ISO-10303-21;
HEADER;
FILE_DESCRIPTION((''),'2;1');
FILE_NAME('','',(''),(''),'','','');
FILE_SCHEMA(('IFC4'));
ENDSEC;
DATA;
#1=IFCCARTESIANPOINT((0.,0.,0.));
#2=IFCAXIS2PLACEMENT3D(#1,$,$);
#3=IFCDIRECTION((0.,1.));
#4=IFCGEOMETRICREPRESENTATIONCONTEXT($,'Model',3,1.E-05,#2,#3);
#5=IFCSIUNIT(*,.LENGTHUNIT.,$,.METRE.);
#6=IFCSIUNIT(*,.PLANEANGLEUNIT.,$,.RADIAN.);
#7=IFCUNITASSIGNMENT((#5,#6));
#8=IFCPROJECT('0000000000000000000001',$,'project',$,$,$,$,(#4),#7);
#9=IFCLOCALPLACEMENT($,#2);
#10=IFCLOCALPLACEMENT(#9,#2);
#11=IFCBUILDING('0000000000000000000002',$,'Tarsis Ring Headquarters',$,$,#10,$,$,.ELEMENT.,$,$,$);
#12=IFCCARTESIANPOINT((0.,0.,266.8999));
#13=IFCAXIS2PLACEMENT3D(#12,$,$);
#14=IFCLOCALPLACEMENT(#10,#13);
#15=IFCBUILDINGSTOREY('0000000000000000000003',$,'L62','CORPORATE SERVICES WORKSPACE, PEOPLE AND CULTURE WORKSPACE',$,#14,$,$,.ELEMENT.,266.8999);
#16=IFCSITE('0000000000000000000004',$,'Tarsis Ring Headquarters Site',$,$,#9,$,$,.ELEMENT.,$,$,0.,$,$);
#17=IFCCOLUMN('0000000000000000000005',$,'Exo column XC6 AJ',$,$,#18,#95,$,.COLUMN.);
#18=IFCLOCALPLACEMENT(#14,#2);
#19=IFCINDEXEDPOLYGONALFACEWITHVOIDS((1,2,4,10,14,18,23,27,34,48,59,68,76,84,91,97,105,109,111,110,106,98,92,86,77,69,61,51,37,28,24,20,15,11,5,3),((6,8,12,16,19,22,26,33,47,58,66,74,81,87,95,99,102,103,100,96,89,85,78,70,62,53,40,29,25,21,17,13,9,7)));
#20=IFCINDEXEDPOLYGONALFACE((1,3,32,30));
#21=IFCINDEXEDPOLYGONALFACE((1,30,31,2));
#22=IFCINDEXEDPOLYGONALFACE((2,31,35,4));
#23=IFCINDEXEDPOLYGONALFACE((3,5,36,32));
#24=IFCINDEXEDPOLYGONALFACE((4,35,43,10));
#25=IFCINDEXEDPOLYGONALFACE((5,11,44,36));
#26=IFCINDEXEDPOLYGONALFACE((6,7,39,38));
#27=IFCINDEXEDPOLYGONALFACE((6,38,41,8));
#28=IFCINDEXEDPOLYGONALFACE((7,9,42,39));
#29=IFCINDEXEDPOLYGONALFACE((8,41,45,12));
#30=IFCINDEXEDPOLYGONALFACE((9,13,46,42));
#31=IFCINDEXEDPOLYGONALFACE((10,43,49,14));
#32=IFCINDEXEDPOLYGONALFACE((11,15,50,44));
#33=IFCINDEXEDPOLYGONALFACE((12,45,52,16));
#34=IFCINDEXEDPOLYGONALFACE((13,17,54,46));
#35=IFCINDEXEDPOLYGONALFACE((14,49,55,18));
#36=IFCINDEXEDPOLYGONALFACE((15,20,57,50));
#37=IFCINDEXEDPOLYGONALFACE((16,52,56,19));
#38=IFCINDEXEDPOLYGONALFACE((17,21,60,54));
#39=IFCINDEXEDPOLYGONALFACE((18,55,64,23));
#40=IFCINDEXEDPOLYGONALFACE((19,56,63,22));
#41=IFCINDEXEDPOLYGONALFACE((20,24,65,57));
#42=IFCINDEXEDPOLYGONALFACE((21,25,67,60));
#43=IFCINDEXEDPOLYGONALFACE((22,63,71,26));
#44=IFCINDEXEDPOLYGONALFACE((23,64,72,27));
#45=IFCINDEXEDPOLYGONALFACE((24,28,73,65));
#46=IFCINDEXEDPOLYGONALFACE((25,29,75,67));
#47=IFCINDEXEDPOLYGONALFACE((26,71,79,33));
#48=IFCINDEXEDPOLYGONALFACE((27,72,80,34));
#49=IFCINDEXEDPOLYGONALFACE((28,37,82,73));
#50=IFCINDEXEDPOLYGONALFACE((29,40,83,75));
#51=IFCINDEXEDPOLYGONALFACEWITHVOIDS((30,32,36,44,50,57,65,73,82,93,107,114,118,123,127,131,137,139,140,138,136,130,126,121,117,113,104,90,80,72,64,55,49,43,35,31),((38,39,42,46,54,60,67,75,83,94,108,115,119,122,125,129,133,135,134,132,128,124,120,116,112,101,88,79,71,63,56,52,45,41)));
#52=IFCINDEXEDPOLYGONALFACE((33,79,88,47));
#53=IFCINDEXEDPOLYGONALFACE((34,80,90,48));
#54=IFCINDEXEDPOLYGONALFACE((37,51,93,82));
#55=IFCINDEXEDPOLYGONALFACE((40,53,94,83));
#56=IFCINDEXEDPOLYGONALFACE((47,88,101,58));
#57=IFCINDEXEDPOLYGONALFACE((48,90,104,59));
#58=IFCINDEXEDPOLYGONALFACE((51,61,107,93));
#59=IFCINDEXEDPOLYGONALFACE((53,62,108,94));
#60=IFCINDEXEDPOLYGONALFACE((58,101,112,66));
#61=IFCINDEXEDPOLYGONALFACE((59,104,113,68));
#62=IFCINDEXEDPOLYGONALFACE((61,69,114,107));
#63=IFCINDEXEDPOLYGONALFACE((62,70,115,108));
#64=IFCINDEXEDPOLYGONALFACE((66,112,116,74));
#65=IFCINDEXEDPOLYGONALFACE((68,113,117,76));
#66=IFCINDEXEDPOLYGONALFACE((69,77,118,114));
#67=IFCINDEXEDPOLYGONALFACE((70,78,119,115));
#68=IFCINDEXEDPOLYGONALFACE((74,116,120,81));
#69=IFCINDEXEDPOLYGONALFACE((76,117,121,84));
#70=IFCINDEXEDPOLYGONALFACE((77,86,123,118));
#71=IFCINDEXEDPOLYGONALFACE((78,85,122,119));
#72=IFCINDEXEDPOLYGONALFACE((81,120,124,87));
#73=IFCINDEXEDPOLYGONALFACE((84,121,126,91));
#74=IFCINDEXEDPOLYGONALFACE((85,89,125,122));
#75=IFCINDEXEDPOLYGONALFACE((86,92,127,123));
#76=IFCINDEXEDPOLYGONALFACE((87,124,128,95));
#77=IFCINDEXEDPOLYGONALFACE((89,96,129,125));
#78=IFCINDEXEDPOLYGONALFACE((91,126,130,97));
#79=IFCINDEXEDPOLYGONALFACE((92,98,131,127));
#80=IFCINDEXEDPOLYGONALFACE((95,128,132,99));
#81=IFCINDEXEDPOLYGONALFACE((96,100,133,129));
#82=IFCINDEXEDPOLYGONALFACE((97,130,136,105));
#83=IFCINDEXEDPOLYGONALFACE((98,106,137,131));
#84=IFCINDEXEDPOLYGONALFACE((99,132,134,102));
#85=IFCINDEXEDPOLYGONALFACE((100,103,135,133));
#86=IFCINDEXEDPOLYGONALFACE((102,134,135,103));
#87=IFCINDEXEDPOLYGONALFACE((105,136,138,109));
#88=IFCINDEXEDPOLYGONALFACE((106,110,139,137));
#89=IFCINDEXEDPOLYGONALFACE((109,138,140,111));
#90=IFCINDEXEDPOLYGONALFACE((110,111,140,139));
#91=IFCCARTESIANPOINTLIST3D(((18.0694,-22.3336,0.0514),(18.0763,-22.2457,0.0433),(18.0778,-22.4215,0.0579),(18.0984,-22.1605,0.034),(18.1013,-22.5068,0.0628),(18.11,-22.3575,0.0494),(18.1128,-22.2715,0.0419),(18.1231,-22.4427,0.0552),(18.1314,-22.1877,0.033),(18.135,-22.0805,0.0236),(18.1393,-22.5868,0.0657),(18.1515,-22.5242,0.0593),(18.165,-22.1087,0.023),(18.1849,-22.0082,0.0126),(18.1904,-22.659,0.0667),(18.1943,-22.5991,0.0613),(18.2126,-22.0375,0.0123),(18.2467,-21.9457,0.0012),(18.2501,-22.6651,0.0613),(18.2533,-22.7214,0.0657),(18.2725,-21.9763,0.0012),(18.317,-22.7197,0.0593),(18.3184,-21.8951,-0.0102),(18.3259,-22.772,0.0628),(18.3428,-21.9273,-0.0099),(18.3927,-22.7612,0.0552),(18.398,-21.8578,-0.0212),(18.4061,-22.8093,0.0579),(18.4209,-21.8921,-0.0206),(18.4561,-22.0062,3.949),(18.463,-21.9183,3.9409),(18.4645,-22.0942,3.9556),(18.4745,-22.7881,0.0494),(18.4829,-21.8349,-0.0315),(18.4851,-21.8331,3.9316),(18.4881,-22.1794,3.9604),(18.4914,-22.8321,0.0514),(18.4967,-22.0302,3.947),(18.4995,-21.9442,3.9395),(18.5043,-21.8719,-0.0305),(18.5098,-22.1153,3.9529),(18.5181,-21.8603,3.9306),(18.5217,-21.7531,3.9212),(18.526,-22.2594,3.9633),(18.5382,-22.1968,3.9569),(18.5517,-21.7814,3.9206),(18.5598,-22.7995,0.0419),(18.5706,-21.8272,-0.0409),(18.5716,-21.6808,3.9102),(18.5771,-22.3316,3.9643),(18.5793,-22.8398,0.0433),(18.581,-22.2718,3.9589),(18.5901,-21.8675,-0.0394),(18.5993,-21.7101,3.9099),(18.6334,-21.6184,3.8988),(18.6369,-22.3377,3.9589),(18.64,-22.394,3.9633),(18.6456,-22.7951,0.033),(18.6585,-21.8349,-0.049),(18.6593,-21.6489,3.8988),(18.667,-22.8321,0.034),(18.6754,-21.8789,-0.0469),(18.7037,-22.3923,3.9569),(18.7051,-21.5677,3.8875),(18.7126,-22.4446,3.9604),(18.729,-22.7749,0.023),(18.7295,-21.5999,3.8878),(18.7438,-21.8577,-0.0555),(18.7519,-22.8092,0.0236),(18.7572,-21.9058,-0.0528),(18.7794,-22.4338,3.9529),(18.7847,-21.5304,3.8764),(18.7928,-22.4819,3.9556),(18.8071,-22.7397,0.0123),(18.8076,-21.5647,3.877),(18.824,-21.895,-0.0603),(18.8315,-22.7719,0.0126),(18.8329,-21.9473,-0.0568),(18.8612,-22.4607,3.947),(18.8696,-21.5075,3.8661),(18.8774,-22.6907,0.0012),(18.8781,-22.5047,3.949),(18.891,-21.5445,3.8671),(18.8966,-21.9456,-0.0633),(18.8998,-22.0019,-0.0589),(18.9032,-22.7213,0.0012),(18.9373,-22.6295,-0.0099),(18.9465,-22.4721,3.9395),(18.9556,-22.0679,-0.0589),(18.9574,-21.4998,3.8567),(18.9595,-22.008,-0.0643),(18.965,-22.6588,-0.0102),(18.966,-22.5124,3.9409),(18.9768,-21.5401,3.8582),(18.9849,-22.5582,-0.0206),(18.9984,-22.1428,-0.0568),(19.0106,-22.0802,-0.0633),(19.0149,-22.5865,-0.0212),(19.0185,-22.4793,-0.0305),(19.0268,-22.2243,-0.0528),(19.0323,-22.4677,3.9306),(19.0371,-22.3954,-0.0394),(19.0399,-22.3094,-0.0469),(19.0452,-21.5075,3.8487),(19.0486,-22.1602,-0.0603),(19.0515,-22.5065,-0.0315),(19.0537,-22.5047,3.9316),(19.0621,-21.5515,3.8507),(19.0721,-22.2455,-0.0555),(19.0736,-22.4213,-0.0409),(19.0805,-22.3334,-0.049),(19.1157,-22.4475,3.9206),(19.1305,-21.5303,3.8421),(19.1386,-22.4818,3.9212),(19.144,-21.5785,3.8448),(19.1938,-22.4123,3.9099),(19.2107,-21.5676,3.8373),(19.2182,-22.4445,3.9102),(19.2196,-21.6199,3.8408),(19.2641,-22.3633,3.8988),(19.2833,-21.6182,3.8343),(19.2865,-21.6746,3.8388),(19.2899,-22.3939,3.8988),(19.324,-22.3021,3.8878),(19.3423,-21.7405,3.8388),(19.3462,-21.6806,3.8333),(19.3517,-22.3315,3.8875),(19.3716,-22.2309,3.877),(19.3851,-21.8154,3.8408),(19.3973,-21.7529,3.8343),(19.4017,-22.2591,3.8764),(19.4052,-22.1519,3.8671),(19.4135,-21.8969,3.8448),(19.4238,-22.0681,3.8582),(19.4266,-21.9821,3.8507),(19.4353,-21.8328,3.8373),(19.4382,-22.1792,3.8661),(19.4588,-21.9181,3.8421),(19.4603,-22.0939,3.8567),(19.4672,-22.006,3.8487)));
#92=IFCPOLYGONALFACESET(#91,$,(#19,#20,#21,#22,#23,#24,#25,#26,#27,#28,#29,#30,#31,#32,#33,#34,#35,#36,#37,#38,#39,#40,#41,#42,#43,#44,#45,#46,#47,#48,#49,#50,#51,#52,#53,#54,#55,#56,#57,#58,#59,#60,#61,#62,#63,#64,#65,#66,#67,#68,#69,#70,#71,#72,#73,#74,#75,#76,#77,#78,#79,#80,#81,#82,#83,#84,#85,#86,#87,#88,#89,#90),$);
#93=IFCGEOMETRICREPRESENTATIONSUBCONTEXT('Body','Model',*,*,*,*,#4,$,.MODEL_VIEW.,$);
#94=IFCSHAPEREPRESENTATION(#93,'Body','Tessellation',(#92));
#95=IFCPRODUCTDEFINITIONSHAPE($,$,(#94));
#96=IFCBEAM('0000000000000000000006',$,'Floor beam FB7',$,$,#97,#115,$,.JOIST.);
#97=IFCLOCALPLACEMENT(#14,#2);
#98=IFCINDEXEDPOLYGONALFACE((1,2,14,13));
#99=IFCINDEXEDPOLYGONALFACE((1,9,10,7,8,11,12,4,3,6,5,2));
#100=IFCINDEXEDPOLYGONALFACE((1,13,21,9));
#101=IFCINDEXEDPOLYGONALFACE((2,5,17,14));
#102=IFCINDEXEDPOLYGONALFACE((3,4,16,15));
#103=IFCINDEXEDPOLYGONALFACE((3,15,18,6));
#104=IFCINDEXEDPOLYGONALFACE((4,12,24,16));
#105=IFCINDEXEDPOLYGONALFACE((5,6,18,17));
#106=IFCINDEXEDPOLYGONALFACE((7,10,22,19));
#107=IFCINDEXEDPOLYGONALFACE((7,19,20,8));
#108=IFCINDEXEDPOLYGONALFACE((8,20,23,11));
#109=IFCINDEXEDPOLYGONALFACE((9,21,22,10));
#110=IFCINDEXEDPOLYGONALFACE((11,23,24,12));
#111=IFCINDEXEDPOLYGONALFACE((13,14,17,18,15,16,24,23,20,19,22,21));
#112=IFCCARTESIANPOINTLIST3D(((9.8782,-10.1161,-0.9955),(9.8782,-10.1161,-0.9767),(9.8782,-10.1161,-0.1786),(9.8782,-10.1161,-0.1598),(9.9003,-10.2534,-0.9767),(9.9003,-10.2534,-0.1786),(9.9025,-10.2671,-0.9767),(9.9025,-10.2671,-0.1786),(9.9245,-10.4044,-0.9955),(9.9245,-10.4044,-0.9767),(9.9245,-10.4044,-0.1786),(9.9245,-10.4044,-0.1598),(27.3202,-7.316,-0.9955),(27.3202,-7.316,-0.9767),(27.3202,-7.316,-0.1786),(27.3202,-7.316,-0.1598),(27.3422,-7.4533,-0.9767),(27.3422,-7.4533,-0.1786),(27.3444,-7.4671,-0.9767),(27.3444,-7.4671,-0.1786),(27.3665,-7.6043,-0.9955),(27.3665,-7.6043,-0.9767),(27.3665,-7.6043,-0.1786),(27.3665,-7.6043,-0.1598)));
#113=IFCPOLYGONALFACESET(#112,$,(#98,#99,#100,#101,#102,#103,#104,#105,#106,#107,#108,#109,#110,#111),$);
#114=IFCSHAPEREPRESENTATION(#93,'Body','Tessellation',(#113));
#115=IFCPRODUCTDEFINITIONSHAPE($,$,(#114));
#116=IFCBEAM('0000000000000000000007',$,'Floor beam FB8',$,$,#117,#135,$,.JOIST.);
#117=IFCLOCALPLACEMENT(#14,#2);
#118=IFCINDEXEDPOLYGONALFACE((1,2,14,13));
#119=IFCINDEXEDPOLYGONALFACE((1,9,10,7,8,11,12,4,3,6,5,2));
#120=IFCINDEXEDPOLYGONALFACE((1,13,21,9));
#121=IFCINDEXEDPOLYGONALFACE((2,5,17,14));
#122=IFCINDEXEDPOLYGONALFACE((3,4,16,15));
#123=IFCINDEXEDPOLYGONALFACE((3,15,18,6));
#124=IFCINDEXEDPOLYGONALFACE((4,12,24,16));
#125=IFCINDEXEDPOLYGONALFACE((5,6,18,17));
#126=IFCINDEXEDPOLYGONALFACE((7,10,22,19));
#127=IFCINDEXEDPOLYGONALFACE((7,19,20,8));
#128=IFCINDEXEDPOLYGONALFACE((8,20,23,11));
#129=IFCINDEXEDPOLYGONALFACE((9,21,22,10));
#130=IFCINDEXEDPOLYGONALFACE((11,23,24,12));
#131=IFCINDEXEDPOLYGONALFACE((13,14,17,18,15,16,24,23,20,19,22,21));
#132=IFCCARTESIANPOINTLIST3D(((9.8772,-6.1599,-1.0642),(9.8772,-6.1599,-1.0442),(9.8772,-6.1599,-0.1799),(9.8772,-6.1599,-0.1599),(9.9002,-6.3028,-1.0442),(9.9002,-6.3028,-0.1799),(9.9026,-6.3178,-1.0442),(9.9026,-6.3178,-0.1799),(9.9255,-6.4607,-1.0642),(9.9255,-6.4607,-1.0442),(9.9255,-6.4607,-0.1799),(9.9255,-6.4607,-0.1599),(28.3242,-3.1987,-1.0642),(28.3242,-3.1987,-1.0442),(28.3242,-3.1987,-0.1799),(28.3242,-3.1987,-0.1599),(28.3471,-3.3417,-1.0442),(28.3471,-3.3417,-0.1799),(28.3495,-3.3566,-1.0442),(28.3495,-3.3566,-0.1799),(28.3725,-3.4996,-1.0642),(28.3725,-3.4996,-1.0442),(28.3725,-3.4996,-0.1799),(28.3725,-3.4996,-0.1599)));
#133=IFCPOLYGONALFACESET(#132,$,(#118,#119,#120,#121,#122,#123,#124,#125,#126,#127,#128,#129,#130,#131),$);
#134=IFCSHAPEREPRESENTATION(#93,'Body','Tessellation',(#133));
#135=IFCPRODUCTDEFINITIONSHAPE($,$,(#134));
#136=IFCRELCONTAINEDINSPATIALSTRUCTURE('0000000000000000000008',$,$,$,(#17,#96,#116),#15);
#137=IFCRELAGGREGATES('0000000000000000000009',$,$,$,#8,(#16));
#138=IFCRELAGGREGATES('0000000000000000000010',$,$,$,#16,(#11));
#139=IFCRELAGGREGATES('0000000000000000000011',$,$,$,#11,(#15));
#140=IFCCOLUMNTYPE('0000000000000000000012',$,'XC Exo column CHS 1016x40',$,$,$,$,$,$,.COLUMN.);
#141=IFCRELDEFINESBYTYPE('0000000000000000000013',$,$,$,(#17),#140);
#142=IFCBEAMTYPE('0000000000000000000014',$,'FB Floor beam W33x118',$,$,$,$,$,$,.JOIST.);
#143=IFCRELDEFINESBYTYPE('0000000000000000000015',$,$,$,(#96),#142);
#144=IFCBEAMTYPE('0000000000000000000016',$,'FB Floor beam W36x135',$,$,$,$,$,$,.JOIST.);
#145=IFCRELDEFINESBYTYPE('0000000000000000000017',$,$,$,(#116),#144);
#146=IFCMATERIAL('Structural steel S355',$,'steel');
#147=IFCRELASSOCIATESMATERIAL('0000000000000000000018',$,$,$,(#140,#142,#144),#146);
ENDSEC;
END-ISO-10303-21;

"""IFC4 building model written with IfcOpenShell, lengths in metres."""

from ifc_helpers import new_model, si_unit, direction, frame, origin, origin_2d, place, context, subcontext, project, spatial, hollow_circle, i_section, extrude, material, material_profile, profile_set, type_object, element, save


model = new_model("IFC4")

# Units and contexts
model_context = context("Model", 3, precision=1e-05, world=origin(), true_north=direction((0.0, 1.0)))
body_context = subcontext(model_context, "Body", "Model", "MODEL_VIEW")
ifc_project = project(units=[si_unit("LENGTHUNIT", "METRE"), si_unit("PLANEANGLEUNIT", "RADIAN")], contexts=[model_context])

# Site, building, storey
site_placement = place(None, origin())
site = spatial("IfcSite", under=ifc_project, at=site_placement, Name="Tarsis Ring Headquarters Site", CompositionType="ELEMENT", RefElevation=0.0)
building_placement = place(site_placement, origin())
building = spatial("IfcBuilding", under=site, at=building_placement, Name="Tarsis Ring Headquarters", CompositionType="ELEMENT")
storey_placement = place(building_placement, frame((0.0, 0.0, 266.8999)))
storey = spatial("IfcBuildingStorey", under=building, at=storey_placement, Name="L62", Description="CORPORATE SERVICES WORKSPACE, PEOPLE AND CULTURE WORKSPACE", CompositionType="ELEMENT", Elevation=266.8999)

# Column
ifc_material_1 = material(Name="Structural steel S355", Category="steel")
ifc_material_profile_1 = material_profile(ifc_material_1, hollow_circle(Radius=0.5081, WallThickness=0.04, at=origin_2d()), Name="CHS 1016x40")
ifc_profile_set_1 = profile_set([ifc_material_profile_1], Name="Structural steel S355")
column_type = type_object("IfcColumnType", Name="XC Exo column CHS 1016x40", PredefinedType="COLUMN", material=ifc_profile_set_1)
column_placement = place(storey_placement, frame((18.575, -22.3335, 0.0012), z_axis=(0.098389, 0.083295, 0.991656), x_axis=(-0.646137, 0.763222, 0.0)))
element("IfcColumn", 1, at=column_placement, inside=storey, type_object=column_type, Name="Exo column XC6 AJ", PredefinedType="COLUMN", context=body_context, shape_type="SweptSolid", body=[
    extrude(hollow_circle(Radius=0.5081, WallThickness=0.04, at=origin_2d()), origin(), (0.0, 0.0, 1.0), 3.9304),
])

# Beams
ifc_material_profile_2 = material_profile(ifc_material_1, i_section(OverallWidth=0.292, OverallDepth=0.8357, WebThickness=0.0139, FlangeThickness=0.0188, at=origin_2d()), Name="W33x118")
ifc_profile_set_2 = profile_set([ifc_material_profile_2], Name="Structural steel S355")
beam_type_1 = type_object("IfcBeamType", Name="FB Floor beam W33x118", PredefinedType="JOIST", material=ifc_profile_set_2)
beam_1_placement = place(storey_placement, frame((9.9014, -10.2603, -0.5776), z_axis=(0.987358, 0.158506, 0.0), x_axis=(-0.158506, 0.987358, 0.0)))
element("IfcBeam", 2, at=beam_1_placement, inside=storey, type_object=beam_type_1, Name="Floor beam FB7", PredefinedType="JOIST", context=body_context, shape_type="SweptSolid", body=[
    extrude(i_section(OverallWidth=0.292, OverallDepth=0.8357, WebThickness=0.0139, FlangeThickness=0.0188, at=origin_2d()), origin(), (0.0, 0.0, 1.0), 17.6653),
])
ifc_material_profile_3 = material_profile(ifc_material_1, i_section(OverallWidth=0.3047, OverallDepth=0.9043, WebThickness=0.0151, FlangeThickness=0.02, at=origin_2d()), Name="W36x135")
ifc_profile_set_3 = profile_set([ifc_material_profile_3], Name="Structural steel S355")
beam_type_2 = type_object("IfcBeamType", Name="FB Floor beam W36x135", PredefinedType="JOIST", material=ifc_profile_set_3)
beam_2_placement = place(storey_placement, frame((9.9014, -6.3103, -0.6121), z_axis=(0.98736, 0.158495, 0.0), x_axis=(-0.158495, 0.98736, 0.0)))
element("IfcBeam", 3, at=beam_2_placement, inside=storey, type_object=beam_type_2, Name="Floor beam FB8", PredefinedType="JOIST", context=body_context, shape_type="SweptSolid", body=[
    extrude(i_section(OverallWidth=0.3047, OverallDepth=0.9043, WebThickness=0.0151, FlangeThickness=0.02, at=origin_2d()), origin(), (0.0, 0.0, 1.0), 18.6831),
])

save(model, "model.ifc")
